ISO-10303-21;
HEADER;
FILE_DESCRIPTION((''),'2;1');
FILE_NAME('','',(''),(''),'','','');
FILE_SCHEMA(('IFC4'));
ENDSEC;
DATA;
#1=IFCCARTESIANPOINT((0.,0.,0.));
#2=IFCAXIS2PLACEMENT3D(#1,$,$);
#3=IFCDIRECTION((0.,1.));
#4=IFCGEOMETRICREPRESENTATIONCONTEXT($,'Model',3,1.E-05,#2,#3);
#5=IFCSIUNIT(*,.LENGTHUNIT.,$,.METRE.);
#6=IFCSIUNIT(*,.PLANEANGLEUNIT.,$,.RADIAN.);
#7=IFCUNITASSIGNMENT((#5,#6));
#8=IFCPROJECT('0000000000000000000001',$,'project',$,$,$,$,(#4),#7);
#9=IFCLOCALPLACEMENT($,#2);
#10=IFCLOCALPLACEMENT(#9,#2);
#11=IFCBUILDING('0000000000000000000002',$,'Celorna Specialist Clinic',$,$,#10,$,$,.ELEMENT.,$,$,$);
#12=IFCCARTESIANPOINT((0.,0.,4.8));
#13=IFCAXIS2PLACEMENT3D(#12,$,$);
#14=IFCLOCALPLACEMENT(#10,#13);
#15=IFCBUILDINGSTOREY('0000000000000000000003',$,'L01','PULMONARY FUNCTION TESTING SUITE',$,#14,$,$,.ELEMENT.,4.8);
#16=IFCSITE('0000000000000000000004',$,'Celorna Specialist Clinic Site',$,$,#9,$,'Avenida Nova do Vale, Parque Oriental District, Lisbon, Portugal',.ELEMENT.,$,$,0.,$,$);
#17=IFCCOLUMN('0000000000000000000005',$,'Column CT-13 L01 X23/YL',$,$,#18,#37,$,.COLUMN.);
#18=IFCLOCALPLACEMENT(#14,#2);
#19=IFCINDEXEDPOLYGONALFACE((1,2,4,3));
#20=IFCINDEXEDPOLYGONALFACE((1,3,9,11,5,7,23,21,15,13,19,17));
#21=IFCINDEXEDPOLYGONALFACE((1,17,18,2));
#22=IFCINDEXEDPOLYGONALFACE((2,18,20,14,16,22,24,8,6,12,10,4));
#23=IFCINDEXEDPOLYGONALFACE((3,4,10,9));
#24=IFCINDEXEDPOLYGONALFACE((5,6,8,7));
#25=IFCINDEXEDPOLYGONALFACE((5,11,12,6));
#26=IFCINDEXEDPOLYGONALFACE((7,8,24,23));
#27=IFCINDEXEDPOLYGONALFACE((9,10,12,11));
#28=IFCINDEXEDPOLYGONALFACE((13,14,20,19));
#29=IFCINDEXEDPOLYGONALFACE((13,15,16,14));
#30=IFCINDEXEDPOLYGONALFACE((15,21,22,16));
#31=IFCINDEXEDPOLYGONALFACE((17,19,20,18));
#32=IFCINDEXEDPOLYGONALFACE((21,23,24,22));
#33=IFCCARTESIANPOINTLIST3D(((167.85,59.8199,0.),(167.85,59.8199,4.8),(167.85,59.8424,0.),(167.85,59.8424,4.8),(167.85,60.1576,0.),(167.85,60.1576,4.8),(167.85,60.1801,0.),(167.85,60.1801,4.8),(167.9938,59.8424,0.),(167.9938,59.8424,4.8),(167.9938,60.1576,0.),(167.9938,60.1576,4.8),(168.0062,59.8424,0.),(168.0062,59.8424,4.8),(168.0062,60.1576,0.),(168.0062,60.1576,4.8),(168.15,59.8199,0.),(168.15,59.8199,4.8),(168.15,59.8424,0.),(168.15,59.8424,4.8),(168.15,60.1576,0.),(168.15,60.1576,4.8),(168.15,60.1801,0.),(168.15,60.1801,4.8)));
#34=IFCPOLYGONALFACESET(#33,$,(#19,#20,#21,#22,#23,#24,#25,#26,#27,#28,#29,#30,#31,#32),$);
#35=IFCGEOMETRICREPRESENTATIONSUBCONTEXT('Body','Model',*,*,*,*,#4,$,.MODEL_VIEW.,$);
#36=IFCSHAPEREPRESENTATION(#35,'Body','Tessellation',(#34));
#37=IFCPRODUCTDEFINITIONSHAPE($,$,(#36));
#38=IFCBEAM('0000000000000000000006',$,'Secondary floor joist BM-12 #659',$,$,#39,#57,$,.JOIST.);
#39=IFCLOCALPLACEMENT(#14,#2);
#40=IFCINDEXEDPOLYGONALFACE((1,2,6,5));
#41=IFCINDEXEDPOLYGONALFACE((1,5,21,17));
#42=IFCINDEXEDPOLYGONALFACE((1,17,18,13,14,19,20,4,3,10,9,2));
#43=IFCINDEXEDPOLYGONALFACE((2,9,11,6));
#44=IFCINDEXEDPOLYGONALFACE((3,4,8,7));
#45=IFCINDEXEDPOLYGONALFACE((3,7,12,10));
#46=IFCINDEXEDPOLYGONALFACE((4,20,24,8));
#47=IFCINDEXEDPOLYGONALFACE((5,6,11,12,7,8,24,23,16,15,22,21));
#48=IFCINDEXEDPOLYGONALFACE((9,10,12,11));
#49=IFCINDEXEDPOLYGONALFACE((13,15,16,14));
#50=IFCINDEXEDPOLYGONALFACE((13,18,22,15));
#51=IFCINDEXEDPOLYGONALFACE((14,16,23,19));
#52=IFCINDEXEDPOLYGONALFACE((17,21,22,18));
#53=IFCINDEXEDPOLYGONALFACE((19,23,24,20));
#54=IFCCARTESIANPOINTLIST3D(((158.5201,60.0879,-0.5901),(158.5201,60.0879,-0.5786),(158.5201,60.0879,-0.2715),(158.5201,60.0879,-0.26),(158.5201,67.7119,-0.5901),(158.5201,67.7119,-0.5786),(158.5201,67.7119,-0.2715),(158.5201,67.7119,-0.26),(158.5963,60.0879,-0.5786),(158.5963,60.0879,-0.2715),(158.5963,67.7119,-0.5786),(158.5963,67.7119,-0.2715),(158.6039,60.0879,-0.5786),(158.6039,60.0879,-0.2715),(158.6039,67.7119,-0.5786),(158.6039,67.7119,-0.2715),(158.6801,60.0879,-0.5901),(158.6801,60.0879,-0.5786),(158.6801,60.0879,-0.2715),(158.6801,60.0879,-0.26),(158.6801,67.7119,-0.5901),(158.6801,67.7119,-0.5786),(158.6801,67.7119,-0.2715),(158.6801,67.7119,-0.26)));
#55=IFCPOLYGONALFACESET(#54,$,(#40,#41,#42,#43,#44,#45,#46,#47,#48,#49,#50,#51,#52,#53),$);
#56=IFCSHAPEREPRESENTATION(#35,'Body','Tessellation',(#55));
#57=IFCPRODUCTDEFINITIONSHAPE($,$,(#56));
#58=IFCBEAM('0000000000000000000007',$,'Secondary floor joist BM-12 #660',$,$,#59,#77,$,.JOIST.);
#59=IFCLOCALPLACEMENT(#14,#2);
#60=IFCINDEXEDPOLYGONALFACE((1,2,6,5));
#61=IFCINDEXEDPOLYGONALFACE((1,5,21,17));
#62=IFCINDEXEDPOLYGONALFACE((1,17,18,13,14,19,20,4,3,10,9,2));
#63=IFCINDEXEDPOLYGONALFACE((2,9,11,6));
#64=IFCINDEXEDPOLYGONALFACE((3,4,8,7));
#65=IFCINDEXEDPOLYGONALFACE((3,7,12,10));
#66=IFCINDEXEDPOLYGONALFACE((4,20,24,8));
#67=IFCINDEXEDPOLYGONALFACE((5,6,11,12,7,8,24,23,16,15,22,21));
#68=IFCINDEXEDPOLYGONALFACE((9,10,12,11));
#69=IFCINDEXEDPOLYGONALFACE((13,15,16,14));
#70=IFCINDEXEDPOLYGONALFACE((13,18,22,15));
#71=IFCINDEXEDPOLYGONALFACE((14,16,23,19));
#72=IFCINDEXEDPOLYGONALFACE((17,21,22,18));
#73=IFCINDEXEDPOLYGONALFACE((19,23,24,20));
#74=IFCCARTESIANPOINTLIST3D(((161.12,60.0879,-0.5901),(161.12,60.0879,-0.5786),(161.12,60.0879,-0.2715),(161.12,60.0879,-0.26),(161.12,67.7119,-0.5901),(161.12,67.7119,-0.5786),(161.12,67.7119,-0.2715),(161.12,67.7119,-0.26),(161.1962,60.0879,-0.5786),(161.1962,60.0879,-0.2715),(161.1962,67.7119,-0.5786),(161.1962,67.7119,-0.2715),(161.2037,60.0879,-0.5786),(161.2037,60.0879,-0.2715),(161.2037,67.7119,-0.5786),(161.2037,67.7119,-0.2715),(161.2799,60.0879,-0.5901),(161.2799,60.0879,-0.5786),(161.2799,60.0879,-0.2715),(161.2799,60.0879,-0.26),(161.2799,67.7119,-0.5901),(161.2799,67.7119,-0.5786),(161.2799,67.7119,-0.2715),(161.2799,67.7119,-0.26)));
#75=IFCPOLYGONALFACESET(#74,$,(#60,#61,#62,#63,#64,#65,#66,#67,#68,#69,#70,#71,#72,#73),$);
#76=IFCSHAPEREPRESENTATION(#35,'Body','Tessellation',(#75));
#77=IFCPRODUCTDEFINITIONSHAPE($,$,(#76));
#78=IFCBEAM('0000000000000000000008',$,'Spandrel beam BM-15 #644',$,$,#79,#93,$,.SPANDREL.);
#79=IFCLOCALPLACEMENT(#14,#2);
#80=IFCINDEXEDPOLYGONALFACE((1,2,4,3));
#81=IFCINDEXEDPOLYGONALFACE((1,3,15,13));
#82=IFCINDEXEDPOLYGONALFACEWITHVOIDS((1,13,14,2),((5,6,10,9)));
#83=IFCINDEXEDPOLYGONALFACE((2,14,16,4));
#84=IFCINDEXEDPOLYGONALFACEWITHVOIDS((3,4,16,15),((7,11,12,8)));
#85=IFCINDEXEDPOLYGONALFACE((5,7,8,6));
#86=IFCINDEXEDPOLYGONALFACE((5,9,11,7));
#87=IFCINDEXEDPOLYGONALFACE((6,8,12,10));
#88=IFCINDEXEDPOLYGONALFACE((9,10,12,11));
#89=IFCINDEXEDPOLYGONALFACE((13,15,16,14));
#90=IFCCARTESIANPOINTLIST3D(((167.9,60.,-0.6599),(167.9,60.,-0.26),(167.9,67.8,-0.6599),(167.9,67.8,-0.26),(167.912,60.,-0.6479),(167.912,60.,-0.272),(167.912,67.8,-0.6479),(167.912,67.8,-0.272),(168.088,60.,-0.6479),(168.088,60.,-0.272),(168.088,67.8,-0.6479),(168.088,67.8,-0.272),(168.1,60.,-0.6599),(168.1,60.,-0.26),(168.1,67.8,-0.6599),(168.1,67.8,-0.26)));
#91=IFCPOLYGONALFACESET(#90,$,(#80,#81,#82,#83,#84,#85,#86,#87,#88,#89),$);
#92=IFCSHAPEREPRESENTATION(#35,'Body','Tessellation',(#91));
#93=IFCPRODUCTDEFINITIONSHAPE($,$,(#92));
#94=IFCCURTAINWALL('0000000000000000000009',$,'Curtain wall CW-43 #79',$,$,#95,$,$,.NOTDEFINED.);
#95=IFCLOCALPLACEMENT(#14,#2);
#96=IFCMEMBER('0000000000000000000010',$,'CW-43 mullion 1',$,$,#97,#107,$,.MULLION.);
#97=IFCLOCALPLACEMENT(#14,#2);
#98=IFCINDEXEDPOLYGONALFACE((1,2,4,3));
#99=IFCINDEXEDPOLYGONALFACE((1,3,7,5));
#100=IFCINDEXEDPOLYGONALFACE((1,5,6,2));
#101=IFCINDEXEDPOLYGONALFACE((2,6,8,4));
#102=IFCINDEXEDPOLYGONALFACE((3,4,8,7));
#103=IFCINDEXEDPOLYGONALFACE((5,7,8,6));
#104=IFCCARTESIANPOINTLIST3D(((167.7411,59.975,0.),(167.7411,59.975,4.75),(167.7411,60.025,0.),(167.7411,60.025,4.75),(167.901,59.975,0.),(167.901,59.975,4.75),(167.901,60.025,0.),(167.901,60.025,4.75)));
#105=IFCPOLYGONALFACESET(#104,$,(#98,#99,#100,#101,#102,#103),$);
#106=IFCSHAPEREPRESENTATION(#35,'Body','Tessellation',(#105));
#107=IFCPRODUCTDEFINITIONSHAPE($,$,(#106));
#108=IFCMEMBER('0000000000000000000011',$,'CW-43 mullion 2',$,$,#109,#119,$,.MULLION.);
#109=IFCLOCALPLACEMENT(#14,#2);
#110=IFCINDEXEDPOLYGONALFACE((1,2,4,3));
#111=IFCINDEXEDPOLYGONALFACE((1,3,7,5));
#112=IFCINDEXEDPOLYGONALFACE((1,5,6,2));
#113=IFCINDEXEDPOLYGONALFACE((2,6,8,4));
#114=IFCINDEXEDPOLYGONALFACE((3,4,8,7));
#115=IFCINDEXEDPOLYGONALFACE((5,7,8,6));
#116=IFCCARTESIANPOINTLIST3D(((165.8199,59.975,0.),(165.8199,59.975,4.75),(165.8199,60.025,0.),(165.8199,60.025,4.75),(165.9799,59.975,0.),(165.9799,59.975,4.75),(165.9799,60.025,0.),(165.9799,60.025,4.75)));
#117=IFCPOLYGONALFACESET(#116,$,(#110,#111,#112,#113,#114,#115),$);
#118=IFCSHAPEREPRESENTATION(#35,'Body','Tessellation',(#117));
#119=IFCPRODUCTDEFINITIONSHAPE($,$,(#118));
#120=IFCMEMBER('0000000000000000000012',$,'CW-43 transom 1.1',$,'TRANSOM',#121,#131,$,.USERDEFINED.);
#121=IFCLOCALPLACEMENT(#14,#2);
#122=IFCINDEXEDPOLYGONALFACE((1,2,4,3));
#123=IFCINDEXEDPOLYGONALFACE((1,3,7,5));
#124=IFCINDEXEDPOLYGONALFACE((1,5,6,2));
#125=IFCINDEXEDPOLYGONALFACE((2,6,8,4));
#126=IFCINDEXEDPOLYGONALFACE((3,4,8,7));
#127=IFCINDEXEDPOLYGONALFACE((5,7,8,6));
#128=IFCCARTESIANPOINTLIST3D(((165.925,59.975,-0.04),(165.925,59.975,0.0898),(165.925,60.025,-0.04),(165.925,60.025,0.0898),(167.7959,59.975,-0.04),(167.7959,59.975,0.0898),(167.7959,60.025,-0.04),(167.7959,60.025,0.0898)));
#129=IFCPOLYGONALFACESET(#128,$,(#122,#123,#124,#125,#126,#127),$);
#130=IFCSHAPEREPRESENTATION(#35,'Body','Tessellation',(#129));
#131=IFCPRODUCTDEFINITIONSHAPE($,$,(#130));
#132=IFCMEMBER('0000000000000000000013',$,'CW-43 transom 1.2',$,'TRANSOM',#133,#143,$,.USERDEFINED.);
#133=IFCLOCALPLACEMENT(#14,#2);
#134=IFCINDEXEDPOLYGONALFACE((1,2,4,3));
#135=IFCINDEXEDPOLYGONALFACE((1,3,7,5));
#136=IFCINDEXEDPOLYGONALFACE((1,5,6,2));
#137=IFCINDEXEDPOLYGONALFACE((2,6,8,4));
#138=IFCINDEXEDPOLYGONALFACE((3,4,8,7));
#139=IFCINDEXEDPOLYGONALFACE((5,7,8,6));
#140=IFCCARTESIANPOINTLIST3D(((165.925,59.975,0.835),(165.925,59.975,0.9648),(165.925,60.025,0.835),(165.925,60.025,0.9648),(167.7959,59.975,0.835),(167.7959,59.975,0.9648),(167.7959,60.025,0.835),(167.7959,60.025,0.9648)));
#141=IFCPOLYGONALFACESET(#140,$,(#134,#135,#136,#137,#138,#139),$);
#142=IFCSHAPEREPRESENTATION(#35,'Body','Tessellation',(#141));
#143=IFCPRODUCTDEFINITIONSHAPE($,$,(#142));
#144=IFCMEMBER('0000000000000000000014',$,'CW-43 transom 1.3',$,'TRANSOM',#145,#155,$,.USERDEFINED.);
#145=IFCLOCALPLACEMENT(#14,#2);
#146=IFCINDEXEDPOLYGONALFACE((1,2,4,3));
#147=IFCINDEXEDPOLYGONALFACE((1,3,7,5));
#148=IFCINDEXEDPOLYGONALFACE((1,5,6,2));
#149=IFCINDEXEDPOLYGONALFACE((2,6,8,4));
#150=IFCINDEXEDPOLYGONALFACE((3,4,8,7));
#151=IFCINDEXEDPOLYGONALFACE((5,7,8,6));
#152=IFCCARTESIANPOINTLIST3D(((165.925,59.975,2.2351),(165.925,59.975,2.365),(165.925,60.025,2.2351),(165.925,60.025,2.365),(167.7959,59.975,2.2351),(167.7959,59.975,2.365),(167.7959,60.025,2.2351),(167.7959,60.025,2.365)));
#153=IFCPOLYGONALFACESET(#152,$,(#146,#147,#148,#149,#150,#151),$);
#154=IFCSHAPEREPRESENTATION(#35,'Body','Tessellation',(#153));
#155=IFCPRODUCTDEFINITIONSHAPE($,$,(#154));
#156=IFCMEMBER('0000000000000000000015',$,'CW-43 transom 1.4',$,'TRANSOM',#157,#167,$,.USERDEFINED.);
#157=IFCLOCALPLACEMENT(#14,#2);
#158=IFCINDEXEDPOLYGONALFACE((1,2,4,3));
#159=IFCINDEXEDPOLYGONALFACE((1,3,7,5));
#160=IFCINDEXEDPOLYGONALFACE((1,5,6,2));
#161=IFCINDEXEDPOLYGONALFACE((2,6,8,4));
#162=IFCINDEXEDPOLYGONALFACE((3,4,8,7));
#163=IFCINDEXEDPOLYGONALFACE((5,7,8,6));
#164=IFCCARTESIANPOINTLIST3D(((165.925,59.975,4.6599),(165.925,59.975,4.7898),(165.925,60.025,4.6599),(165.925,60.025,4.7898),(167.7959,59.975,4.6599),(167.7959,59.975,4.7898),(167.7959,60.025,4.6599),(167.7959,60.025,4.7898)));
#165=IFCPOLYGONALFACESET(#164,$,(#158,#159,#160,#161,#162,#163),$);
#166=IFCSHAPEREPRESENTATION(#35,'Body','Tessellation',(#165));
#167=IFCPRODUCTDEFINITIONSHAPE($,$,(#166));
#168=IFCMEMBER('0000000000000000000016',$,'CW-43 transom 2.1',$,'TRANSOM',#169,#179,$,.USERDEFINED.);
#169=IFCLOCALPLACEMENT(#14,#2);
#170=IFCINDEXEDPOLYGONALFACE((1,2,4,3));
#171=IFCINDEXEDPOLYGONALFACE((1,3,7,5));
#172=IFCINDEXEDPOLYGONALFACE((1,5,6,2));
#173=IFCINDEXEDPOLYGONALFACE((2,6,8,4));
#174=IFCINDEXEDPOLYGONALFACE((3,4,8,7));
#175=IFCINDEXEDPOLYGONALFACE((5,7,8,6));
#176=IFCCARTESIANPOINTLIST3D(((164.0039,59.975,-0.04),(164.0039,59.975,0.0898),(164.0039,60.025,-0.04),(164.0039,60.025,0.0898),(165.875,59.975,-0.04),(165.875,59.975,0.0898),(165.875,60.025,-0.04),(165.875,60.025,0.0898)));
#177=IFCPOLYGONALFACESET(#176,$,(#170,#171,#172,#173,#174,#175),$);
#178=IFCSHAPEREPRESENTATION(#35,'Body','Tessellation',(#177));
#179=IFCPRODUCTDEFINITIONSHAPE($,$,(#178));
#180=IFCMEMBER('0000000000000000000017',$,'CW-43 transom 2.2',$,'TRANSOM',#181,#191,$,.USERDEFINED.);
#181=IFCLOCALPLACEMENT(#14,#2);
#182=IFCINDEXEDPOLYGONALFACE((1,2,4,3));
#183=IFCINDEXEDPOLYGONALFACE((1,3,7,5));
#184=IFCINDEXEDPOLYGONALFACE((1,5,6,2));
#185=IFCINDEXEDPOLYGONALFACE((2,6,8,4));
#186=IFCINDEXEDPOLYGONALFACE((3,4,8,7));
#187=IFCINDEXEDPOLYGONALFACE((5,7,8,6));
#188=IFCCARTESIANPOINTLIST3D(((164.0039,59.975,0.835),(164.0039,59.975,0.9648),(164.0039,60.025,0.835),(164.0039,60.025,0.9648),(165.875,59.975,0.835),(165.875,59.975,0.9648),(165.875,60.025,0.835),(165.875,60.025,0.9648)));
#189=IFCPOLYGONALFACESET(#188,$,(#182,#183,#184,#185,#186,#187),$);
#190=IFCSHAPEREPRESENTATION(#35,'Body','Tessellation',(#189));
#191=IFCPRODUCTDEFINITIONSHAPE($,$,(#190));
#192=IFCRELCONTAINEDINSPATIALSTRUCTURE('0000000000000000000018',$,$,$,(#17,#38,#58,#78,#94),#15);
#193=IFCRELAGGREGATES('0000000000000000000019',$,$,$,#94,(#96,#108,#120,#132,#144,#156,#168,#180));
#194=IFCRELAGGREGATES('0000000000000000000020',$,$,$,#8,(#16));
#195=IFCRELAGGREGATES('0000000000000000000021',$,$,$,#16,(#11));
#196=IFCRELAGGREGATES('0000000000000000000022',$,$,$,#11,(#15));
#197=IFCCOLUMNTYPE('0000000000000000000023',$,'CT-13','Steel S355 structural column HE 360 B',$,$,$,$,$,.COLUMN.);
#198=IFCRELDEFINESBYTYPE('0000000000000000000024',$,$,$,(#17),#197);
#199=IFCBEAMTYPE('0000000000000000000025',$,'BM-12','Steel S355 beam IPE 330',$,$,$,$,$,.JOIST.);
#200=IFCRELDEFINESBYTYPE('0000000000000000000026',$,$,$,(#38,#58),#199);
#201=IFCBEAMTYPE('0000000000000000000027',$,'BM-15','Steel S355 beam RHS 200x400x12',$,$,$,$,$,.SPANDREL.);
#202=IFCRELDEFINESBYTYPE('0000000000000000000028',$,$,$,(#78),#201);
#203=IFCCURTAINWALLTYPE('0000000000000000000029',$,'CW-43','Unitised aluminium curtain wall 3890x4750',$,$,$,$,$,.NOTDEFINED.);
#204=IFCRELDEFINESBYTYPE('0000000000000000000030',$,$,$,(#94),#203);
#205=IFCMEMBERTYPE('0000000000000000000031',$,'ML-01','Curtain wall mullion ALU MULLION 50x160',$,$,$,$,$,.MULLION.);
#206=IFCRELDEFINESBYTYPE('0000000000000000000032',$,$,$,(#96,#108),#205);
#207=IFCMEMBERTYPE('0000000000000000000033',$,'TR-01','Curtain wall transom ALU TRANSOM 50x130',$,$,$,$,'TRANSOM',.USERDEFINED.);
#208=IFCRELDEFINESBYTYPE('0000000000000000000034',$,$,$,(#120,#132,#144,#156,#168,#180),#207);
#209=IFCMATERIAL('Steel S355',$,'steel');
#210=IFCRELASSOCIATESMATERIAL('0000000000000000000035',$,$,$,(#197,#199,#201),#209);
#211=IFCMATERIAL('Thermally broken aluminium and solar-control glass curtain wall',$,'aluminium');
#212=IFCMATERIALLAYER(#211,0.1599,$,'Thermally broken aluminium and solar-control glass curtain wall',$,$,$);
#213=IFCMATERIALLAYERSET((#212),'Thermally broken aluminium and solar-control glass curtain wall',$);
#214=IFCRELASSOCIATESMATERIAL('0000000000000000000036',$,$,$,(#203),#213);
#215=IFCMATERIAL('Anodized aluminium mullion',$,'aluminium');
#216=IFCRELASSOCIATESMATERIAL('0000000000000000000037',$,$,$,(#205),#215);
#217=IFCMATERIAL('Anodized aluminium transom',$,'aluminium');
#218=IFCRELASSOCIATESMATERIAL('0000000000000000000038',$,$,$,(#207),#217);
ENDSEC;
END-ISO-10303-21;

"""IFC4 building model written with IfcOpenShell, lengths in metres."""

from ifc_helpers import new_model, si_unit, direction, frame, origin, origin_2d, place, context, subcontext, project, spatial, rectangle, hollow_rectangle, i_section, extrude, material, layer, layer_set, material_profile, profile_set, type_object, element, aggregate, save


model = new_model("IFC4")

# Units and contexts
model_context = context("Model", 3, precision=1e-05, world=origin(), true_north=direction((0.0, 1.0)))
body_context = subcontext(model_context, "Body", "Model", "MODEL_VIEW")
ifc_project = project(units=[si_unit("LENGTHUNIT", "METRE"), si_unit("PLANEANGLEUNIT", "RADIAN")], contexts=[model_context])

# Site, building, storey
site_placement = place(None, origin())
site = spatial("IfcSite", under=ifc_project, at=site_placement, Name="Celorna Specialist Clinic Site", LongName="Avenida Nova do Vale, Parque Oriental District, Lisbon, Portugal", CompositionType="ELEMENT", RefElevation=0.0)
building_placement = place(site_placement, origin())
building = spatial("IfcBuilding", under=site, at=building_placement, Name="Celorna Specialist Clinic", CompositionType="ELEMENT")
storey_placement = place(building_placement, frame((0.0, 0.0, 4.8)))
storey = spatial("IfcBuildingStorey", under=building, at=storey_placement, Name="L01", Description="PULMONARY FUNCTION TESTING SUITE", CompositionType="ELEMENT", Elevation=4.8)

# Column
ifc_material_1 = material(Name="Steel S355", Category="steel")
ifc_material_profile_1 = material_profile(ifc_material_1, i_section(OverallWidth=0.3, OverallDepth=0.3601, WebThickness=0.0125, FlangeThickness=0.0225, at=origin_2d()), Name="HE 360 B")
ifc_profile_set_1 = profile_set([ifc_material_profile_1], Name="Steel S355")
column_type = type_object("IfcColumnType", Name="CT-13", Description="Steel S355 structural column HE 360 B", PredefinedType="COLUMN", material=ifc_profile_set_1)
column_placement = place(storey_placement, frame((168.0, 60.0, 0.0), z_axis=(0.0, 0.0, 1.0), x_axis=(1.0, 0.0, 0.0)))
element("IfcColumn", 1, at=column_placement, inside=storey, type_object=column_type, Name="Column CT-13 L01 X23/YL", PredefinedType="COLUMN", context=body_context, shape_type="SweptSolid", body=[
    extrude(i_section(OverallWidth=0.3, OverallDepth=0.3601, WebThickness=0.0125, FlangeThickness=0.0225, at=origin_2d()), origin(), (0.0, 0.0, 1.0), 4.8),
])

# Beams
ifc_material_profile_2 = material_profile(ifc_material_1, i_section(OverallWidth=0.1599, OverallDepth=0.3301, WebThickness=0.0076, FlangeThickness=0.0115, at=origin_2d()), Name="IPE 330")
ifc_profile_set_2 = profile_set([ifc_material_profile_2], Name="Steel S355")
beam_type_1 = type_object("IfcBeamType", Name="BM-12", Description="Steel S355 beam IPE 330", PredefinedType="JOIST", material=ifc_profile_set_2)
for number, where, z_axis, x_axis, name in (
    (2, (158.6001, 60.0879, -0.425), (0.0, 1.0, 0.0), (-1.0, 0.0, 0.0), "Secondary floor joist BM-12 #659"),
    (3, (161.2, 60.0879, -0.425), (0.0, 1.0, 0.0), (-1.0, 0.0, 0.0), "Secondary floor joist BM-12 #660"),
):
    element("IfcBeam", number, at=place(storey_placement, frame(where, z_axis=z_axis, x_axis=x_axis)), inside=storey, type_object=beam_type_1, Name=name, PredefinedType="JOIST", context=body_context, shape_type="SweptSolid", body=[
        extrude(i_section(OverallWidth=0.1599, OverallDepth=0.3301, WebThickness=0.0076, FlangeThickness=0.0115, at=origin_2d()), origin(), (0.0, 0.0, 1.0), 7.624),
    ])
ifc_material_profile_3 = material_profile(ifc_material_1, hollow_rectangle(XDim=0.2, YDim=0.3999, WallThickness=0.012, at=origin_2d()), Name="RHS 200x400x12")
ifc_profile_set_3 = profile_set([ifc_material_profile_3], Name="Steel S355")
beam_type_2 = type_object("IfcBeamType", Name="BM-15", Description="Steel S355 beam RHS 200x400x12", PredefinedType="SPANDREL", material=ifc_profile_set_3)
beam_placement = place(storey_placement, frame((168.0, 60.0, -0.46), z_axis=(0.0, 1.0, 0.0), x_axis=(-1.0, 0.0, 0.0)))
element("IfcBeam", 4, at=beam_placement, inside=storey, type_object=beam_type_2, Name="Spandrel beam BM-15 #644", PredefinedType="SPANDREL", context=body_context, shape_type="SweptSolid", body=[
    extrude(hollow_rectangle(XDim=0.2, YDim=0.3999, WallThickness=0.012, at=origin_2d()), origin(), (0.0, 0.0, 1.0), 7.8),
])

# Curtain wall, members
ifc_material_2 = material(Name="Thermally broken aluminium and solar-control glass curtain wall", Category="aluminium")
ifc_layer_1 = layer(ifc_material_2, 0.1599, Name="Thermally broken aluminium and solar-control glass curtain wall")
ifc_layer_set_1 = layer_set([ifc_layer_1], Name="Thermally broken aluminium and solar-control glass curtain wall")
curtain_wall_type = type_object("IfcCurtainWallType", Name="CW-43", Description="Unitised aluminium curtain wall 3890x4750", PredefinedType="NOTDEFINED", material=ifc_layer_set_1)
curtain_wall_placement = place(storey_placement, origin())
curtain_wall = element("IfcCurtainWall", 5, at=curtain_wall_placement, inside=storey, type_object=curtain_wall_type, Name="Curtain wall CW-43 #79", PredefinedType="NOTDEFINED")
ifc_material_3 = material(Name="Anodized aluminium mullion", Category="aluminium")
ifc_material_profile_4 = material_profile(ifc_material_3, rectangle(XDim=0.05, YDim=0.1599, at=origin_2d()), Name="ALU MULLION 50x160")
ifc_profile_set_4 = profile_set([ifc_material_profile_4], Name="Anodized aluminium mullion")
member_type_1 = type_object("IfcMemberType", Name="ML-01", Description="Curtain wall mullion ALU MULLION 50x160", PredefinedType="MULLION", material=ifc_profile_set_4)
member_1_placement = place(storey_placement, frame((167.821, 60.0, 0.0), z_axis=(0.0, 0.0, 1.0), x_axis=(0.0, -1.0, 0.0)))
member_1 = element("IfcMember", 6, at=member_1_placement, type_object=member_type_1, Name="CW-43 mullion 1", PredefinedType="MULLION", context=body_context, shape_type="SweptSolid", body=[
    extrude(rectangle(XDim=0.05, YDim=0.1599, at=origin_2d()), origin(), (0.0, 0.0, 1.0), 4.75),
])
member_2_placement = place(storey_placement, frame((165.8999, 60.0, 0.0), z_axis=(0.0, 0.0, 1.0), x_axis=(0.0, -1.0, 0.0)))
member_2 = element("IfcMember", 7, at=member_2_placement, type_object=member_type_1, Name="CW-43 mullion 2", PredefinedType="MULLION", context=body_context, shape_type="SweptSolid", body=[
    extrude(rectangle(XDim=0.05, YDim=0.1599, at=origin_2d()), origin(), (0.0, 0.0, 1.0), 4.75),
])
ifc_material_4 = material(Name="Anodized aluminium transom", Category="aluminium")
ifc_material_profile_5 = material_profile(ifc_material_4, rectangle(XDim=0.05, YDim=0.1299, at=origin_2d()), Name="ALU TRANSOM 50x130")
ifc_profile_set_5 = profile_set([ifc_material_profile_5], Name="Anodized aluminium transom")
member_type_2 = type_object("IfcMemberType", Name="TR-01", Description="Curtain wall transom ALU TRANSOM 50x130", ElementType="TRANSOM", PredefinedType="USERDEFINED", material=ifc_profile_set_5)
member_3_placement = place(storey_placement, frame((167.7959, 60.0, 0.0249), z_axis=(-1.0, 0.0, 0.0), x_axis=(0.0, -1.0, 0.0)))
member_3 = element("IfcMember", 8, at=member_3_placement, type_object=member_type_2, Name="CW-43 transom 1.1", ObjectType="TRANSOM", PredefinedType="USERDEFINED", context=body_context, shape_type="SweptSolid", body=[
    extrude(rectangle(XDim=0.05, YDim=0.1299, at=origin_2d()), origin(), (0.0, 0.0, 1.0), 1.8708),
])
member_4_placement = place(storey_placement, frame((167.7959, 60.0, 0.8999), z_axis=(-1.0, 0.0, 0.0), x_axis=(0.0, -1.0, 0.0)))
member_4 = element("IfcMember", 9, at=member_4_placement, type_object=member_type_2, Name="CW-43 transom 1.2", ObjectType="TRANSOM", PredefinedType="USERDEFINED", context=body_context, shape_type="SweptSolid", body=[
    extrude(rectangle(XDim=0.05, YDim=0.1299, at=origin_2d()), origin(), (0.0, 0.0, 1.0), 1.8708),
])
member_5_placement = place(storey_placement, frame((167.7959, 60.0, 2.3), z_axis=(-1.0, 0.0, 0.0), x_axis=(0.0, -1.0, 0.0)))
member_5 = element("IfcMember", 10, at=member_5_placement, type_object=member_type_2, Name="CW-43 transom 1.3", ObjectType="TRANSOM", PredefinedType="USERDEFINED", context=body_context, shape_type="SweptSolid", body=[
    extrude(rectangle(XDim=0.05, YDim=0.1299, at=origin_2d()), origin(), (0.0, 0.0, 1.0), 1.8708),
])
member_6_placement = place(storey_placement, frame((167.7959, 60.0, 4.7249), z_axis=(-1.0, 0.0, 0.0), x_axis=(0.0, -1.0, 0.0)))
member_6 = element("IfcMember", 11, at=member_6_placement, type_object=member_type_2, Name="CW-43 transom 1.4", ObjectType="TRANSOM", PredefinedType="USERDEFINED", context=body_context, shape_type="SweptSolid", body=[
    extrude(rectangle(XDim=0.05, YDim=0.1299, at=origin_2d()), origin(), (0.0, 0.0, 1.0), 1.8708),
])
member_7_placement = place(storey_placement, frame((165.875, 60.0, 0.0249), z_axis=(-1.0, 0.0, 0.0), x_axis=(0.0, -1.0, 0.0)))
member_7 = element("IfcMember", 12, at=member_7_placement, type_object=member_type_2, Name="CW-43 transom 2.1", ObjectType="TRANSOM", PredefinedType="USERDEFINED", context=body_context, shape_type="SweptSolid", body=[
    extrude(rectangle(XDim=0.05, YDim=0.1299, at=origin_2d()), origin(), (0.0, 0.0, 1.0), 1.8711),
])
member_8_placement = place(storey_placement, frame((165.875, 60.0, 0.8999), z_axis=(-1.0, 0.0, 0.0), x_axis=(0.0, -1.0, 0.0)))
member_8 = element("IfcMember", 13, at=member_8_placement, type_object=member_type_2, Name="CW-43 transom 2.2", ObjectType="TRANSOM", PredefinedType="USERDEFINED", context=body_context, shape_type="SweptSolid", body=[
    extrude(rectangle(XDim=0.05, YDim=0.1299, at=origin_2d()), origin(), (0.0, 0.0, 1.0), 1.8711),
])
aggregate(curtain_wall, [member_1, member_2, member_3, member_4, member_5, member_6, member_7, member_8])

save(model, "model.ifc")
